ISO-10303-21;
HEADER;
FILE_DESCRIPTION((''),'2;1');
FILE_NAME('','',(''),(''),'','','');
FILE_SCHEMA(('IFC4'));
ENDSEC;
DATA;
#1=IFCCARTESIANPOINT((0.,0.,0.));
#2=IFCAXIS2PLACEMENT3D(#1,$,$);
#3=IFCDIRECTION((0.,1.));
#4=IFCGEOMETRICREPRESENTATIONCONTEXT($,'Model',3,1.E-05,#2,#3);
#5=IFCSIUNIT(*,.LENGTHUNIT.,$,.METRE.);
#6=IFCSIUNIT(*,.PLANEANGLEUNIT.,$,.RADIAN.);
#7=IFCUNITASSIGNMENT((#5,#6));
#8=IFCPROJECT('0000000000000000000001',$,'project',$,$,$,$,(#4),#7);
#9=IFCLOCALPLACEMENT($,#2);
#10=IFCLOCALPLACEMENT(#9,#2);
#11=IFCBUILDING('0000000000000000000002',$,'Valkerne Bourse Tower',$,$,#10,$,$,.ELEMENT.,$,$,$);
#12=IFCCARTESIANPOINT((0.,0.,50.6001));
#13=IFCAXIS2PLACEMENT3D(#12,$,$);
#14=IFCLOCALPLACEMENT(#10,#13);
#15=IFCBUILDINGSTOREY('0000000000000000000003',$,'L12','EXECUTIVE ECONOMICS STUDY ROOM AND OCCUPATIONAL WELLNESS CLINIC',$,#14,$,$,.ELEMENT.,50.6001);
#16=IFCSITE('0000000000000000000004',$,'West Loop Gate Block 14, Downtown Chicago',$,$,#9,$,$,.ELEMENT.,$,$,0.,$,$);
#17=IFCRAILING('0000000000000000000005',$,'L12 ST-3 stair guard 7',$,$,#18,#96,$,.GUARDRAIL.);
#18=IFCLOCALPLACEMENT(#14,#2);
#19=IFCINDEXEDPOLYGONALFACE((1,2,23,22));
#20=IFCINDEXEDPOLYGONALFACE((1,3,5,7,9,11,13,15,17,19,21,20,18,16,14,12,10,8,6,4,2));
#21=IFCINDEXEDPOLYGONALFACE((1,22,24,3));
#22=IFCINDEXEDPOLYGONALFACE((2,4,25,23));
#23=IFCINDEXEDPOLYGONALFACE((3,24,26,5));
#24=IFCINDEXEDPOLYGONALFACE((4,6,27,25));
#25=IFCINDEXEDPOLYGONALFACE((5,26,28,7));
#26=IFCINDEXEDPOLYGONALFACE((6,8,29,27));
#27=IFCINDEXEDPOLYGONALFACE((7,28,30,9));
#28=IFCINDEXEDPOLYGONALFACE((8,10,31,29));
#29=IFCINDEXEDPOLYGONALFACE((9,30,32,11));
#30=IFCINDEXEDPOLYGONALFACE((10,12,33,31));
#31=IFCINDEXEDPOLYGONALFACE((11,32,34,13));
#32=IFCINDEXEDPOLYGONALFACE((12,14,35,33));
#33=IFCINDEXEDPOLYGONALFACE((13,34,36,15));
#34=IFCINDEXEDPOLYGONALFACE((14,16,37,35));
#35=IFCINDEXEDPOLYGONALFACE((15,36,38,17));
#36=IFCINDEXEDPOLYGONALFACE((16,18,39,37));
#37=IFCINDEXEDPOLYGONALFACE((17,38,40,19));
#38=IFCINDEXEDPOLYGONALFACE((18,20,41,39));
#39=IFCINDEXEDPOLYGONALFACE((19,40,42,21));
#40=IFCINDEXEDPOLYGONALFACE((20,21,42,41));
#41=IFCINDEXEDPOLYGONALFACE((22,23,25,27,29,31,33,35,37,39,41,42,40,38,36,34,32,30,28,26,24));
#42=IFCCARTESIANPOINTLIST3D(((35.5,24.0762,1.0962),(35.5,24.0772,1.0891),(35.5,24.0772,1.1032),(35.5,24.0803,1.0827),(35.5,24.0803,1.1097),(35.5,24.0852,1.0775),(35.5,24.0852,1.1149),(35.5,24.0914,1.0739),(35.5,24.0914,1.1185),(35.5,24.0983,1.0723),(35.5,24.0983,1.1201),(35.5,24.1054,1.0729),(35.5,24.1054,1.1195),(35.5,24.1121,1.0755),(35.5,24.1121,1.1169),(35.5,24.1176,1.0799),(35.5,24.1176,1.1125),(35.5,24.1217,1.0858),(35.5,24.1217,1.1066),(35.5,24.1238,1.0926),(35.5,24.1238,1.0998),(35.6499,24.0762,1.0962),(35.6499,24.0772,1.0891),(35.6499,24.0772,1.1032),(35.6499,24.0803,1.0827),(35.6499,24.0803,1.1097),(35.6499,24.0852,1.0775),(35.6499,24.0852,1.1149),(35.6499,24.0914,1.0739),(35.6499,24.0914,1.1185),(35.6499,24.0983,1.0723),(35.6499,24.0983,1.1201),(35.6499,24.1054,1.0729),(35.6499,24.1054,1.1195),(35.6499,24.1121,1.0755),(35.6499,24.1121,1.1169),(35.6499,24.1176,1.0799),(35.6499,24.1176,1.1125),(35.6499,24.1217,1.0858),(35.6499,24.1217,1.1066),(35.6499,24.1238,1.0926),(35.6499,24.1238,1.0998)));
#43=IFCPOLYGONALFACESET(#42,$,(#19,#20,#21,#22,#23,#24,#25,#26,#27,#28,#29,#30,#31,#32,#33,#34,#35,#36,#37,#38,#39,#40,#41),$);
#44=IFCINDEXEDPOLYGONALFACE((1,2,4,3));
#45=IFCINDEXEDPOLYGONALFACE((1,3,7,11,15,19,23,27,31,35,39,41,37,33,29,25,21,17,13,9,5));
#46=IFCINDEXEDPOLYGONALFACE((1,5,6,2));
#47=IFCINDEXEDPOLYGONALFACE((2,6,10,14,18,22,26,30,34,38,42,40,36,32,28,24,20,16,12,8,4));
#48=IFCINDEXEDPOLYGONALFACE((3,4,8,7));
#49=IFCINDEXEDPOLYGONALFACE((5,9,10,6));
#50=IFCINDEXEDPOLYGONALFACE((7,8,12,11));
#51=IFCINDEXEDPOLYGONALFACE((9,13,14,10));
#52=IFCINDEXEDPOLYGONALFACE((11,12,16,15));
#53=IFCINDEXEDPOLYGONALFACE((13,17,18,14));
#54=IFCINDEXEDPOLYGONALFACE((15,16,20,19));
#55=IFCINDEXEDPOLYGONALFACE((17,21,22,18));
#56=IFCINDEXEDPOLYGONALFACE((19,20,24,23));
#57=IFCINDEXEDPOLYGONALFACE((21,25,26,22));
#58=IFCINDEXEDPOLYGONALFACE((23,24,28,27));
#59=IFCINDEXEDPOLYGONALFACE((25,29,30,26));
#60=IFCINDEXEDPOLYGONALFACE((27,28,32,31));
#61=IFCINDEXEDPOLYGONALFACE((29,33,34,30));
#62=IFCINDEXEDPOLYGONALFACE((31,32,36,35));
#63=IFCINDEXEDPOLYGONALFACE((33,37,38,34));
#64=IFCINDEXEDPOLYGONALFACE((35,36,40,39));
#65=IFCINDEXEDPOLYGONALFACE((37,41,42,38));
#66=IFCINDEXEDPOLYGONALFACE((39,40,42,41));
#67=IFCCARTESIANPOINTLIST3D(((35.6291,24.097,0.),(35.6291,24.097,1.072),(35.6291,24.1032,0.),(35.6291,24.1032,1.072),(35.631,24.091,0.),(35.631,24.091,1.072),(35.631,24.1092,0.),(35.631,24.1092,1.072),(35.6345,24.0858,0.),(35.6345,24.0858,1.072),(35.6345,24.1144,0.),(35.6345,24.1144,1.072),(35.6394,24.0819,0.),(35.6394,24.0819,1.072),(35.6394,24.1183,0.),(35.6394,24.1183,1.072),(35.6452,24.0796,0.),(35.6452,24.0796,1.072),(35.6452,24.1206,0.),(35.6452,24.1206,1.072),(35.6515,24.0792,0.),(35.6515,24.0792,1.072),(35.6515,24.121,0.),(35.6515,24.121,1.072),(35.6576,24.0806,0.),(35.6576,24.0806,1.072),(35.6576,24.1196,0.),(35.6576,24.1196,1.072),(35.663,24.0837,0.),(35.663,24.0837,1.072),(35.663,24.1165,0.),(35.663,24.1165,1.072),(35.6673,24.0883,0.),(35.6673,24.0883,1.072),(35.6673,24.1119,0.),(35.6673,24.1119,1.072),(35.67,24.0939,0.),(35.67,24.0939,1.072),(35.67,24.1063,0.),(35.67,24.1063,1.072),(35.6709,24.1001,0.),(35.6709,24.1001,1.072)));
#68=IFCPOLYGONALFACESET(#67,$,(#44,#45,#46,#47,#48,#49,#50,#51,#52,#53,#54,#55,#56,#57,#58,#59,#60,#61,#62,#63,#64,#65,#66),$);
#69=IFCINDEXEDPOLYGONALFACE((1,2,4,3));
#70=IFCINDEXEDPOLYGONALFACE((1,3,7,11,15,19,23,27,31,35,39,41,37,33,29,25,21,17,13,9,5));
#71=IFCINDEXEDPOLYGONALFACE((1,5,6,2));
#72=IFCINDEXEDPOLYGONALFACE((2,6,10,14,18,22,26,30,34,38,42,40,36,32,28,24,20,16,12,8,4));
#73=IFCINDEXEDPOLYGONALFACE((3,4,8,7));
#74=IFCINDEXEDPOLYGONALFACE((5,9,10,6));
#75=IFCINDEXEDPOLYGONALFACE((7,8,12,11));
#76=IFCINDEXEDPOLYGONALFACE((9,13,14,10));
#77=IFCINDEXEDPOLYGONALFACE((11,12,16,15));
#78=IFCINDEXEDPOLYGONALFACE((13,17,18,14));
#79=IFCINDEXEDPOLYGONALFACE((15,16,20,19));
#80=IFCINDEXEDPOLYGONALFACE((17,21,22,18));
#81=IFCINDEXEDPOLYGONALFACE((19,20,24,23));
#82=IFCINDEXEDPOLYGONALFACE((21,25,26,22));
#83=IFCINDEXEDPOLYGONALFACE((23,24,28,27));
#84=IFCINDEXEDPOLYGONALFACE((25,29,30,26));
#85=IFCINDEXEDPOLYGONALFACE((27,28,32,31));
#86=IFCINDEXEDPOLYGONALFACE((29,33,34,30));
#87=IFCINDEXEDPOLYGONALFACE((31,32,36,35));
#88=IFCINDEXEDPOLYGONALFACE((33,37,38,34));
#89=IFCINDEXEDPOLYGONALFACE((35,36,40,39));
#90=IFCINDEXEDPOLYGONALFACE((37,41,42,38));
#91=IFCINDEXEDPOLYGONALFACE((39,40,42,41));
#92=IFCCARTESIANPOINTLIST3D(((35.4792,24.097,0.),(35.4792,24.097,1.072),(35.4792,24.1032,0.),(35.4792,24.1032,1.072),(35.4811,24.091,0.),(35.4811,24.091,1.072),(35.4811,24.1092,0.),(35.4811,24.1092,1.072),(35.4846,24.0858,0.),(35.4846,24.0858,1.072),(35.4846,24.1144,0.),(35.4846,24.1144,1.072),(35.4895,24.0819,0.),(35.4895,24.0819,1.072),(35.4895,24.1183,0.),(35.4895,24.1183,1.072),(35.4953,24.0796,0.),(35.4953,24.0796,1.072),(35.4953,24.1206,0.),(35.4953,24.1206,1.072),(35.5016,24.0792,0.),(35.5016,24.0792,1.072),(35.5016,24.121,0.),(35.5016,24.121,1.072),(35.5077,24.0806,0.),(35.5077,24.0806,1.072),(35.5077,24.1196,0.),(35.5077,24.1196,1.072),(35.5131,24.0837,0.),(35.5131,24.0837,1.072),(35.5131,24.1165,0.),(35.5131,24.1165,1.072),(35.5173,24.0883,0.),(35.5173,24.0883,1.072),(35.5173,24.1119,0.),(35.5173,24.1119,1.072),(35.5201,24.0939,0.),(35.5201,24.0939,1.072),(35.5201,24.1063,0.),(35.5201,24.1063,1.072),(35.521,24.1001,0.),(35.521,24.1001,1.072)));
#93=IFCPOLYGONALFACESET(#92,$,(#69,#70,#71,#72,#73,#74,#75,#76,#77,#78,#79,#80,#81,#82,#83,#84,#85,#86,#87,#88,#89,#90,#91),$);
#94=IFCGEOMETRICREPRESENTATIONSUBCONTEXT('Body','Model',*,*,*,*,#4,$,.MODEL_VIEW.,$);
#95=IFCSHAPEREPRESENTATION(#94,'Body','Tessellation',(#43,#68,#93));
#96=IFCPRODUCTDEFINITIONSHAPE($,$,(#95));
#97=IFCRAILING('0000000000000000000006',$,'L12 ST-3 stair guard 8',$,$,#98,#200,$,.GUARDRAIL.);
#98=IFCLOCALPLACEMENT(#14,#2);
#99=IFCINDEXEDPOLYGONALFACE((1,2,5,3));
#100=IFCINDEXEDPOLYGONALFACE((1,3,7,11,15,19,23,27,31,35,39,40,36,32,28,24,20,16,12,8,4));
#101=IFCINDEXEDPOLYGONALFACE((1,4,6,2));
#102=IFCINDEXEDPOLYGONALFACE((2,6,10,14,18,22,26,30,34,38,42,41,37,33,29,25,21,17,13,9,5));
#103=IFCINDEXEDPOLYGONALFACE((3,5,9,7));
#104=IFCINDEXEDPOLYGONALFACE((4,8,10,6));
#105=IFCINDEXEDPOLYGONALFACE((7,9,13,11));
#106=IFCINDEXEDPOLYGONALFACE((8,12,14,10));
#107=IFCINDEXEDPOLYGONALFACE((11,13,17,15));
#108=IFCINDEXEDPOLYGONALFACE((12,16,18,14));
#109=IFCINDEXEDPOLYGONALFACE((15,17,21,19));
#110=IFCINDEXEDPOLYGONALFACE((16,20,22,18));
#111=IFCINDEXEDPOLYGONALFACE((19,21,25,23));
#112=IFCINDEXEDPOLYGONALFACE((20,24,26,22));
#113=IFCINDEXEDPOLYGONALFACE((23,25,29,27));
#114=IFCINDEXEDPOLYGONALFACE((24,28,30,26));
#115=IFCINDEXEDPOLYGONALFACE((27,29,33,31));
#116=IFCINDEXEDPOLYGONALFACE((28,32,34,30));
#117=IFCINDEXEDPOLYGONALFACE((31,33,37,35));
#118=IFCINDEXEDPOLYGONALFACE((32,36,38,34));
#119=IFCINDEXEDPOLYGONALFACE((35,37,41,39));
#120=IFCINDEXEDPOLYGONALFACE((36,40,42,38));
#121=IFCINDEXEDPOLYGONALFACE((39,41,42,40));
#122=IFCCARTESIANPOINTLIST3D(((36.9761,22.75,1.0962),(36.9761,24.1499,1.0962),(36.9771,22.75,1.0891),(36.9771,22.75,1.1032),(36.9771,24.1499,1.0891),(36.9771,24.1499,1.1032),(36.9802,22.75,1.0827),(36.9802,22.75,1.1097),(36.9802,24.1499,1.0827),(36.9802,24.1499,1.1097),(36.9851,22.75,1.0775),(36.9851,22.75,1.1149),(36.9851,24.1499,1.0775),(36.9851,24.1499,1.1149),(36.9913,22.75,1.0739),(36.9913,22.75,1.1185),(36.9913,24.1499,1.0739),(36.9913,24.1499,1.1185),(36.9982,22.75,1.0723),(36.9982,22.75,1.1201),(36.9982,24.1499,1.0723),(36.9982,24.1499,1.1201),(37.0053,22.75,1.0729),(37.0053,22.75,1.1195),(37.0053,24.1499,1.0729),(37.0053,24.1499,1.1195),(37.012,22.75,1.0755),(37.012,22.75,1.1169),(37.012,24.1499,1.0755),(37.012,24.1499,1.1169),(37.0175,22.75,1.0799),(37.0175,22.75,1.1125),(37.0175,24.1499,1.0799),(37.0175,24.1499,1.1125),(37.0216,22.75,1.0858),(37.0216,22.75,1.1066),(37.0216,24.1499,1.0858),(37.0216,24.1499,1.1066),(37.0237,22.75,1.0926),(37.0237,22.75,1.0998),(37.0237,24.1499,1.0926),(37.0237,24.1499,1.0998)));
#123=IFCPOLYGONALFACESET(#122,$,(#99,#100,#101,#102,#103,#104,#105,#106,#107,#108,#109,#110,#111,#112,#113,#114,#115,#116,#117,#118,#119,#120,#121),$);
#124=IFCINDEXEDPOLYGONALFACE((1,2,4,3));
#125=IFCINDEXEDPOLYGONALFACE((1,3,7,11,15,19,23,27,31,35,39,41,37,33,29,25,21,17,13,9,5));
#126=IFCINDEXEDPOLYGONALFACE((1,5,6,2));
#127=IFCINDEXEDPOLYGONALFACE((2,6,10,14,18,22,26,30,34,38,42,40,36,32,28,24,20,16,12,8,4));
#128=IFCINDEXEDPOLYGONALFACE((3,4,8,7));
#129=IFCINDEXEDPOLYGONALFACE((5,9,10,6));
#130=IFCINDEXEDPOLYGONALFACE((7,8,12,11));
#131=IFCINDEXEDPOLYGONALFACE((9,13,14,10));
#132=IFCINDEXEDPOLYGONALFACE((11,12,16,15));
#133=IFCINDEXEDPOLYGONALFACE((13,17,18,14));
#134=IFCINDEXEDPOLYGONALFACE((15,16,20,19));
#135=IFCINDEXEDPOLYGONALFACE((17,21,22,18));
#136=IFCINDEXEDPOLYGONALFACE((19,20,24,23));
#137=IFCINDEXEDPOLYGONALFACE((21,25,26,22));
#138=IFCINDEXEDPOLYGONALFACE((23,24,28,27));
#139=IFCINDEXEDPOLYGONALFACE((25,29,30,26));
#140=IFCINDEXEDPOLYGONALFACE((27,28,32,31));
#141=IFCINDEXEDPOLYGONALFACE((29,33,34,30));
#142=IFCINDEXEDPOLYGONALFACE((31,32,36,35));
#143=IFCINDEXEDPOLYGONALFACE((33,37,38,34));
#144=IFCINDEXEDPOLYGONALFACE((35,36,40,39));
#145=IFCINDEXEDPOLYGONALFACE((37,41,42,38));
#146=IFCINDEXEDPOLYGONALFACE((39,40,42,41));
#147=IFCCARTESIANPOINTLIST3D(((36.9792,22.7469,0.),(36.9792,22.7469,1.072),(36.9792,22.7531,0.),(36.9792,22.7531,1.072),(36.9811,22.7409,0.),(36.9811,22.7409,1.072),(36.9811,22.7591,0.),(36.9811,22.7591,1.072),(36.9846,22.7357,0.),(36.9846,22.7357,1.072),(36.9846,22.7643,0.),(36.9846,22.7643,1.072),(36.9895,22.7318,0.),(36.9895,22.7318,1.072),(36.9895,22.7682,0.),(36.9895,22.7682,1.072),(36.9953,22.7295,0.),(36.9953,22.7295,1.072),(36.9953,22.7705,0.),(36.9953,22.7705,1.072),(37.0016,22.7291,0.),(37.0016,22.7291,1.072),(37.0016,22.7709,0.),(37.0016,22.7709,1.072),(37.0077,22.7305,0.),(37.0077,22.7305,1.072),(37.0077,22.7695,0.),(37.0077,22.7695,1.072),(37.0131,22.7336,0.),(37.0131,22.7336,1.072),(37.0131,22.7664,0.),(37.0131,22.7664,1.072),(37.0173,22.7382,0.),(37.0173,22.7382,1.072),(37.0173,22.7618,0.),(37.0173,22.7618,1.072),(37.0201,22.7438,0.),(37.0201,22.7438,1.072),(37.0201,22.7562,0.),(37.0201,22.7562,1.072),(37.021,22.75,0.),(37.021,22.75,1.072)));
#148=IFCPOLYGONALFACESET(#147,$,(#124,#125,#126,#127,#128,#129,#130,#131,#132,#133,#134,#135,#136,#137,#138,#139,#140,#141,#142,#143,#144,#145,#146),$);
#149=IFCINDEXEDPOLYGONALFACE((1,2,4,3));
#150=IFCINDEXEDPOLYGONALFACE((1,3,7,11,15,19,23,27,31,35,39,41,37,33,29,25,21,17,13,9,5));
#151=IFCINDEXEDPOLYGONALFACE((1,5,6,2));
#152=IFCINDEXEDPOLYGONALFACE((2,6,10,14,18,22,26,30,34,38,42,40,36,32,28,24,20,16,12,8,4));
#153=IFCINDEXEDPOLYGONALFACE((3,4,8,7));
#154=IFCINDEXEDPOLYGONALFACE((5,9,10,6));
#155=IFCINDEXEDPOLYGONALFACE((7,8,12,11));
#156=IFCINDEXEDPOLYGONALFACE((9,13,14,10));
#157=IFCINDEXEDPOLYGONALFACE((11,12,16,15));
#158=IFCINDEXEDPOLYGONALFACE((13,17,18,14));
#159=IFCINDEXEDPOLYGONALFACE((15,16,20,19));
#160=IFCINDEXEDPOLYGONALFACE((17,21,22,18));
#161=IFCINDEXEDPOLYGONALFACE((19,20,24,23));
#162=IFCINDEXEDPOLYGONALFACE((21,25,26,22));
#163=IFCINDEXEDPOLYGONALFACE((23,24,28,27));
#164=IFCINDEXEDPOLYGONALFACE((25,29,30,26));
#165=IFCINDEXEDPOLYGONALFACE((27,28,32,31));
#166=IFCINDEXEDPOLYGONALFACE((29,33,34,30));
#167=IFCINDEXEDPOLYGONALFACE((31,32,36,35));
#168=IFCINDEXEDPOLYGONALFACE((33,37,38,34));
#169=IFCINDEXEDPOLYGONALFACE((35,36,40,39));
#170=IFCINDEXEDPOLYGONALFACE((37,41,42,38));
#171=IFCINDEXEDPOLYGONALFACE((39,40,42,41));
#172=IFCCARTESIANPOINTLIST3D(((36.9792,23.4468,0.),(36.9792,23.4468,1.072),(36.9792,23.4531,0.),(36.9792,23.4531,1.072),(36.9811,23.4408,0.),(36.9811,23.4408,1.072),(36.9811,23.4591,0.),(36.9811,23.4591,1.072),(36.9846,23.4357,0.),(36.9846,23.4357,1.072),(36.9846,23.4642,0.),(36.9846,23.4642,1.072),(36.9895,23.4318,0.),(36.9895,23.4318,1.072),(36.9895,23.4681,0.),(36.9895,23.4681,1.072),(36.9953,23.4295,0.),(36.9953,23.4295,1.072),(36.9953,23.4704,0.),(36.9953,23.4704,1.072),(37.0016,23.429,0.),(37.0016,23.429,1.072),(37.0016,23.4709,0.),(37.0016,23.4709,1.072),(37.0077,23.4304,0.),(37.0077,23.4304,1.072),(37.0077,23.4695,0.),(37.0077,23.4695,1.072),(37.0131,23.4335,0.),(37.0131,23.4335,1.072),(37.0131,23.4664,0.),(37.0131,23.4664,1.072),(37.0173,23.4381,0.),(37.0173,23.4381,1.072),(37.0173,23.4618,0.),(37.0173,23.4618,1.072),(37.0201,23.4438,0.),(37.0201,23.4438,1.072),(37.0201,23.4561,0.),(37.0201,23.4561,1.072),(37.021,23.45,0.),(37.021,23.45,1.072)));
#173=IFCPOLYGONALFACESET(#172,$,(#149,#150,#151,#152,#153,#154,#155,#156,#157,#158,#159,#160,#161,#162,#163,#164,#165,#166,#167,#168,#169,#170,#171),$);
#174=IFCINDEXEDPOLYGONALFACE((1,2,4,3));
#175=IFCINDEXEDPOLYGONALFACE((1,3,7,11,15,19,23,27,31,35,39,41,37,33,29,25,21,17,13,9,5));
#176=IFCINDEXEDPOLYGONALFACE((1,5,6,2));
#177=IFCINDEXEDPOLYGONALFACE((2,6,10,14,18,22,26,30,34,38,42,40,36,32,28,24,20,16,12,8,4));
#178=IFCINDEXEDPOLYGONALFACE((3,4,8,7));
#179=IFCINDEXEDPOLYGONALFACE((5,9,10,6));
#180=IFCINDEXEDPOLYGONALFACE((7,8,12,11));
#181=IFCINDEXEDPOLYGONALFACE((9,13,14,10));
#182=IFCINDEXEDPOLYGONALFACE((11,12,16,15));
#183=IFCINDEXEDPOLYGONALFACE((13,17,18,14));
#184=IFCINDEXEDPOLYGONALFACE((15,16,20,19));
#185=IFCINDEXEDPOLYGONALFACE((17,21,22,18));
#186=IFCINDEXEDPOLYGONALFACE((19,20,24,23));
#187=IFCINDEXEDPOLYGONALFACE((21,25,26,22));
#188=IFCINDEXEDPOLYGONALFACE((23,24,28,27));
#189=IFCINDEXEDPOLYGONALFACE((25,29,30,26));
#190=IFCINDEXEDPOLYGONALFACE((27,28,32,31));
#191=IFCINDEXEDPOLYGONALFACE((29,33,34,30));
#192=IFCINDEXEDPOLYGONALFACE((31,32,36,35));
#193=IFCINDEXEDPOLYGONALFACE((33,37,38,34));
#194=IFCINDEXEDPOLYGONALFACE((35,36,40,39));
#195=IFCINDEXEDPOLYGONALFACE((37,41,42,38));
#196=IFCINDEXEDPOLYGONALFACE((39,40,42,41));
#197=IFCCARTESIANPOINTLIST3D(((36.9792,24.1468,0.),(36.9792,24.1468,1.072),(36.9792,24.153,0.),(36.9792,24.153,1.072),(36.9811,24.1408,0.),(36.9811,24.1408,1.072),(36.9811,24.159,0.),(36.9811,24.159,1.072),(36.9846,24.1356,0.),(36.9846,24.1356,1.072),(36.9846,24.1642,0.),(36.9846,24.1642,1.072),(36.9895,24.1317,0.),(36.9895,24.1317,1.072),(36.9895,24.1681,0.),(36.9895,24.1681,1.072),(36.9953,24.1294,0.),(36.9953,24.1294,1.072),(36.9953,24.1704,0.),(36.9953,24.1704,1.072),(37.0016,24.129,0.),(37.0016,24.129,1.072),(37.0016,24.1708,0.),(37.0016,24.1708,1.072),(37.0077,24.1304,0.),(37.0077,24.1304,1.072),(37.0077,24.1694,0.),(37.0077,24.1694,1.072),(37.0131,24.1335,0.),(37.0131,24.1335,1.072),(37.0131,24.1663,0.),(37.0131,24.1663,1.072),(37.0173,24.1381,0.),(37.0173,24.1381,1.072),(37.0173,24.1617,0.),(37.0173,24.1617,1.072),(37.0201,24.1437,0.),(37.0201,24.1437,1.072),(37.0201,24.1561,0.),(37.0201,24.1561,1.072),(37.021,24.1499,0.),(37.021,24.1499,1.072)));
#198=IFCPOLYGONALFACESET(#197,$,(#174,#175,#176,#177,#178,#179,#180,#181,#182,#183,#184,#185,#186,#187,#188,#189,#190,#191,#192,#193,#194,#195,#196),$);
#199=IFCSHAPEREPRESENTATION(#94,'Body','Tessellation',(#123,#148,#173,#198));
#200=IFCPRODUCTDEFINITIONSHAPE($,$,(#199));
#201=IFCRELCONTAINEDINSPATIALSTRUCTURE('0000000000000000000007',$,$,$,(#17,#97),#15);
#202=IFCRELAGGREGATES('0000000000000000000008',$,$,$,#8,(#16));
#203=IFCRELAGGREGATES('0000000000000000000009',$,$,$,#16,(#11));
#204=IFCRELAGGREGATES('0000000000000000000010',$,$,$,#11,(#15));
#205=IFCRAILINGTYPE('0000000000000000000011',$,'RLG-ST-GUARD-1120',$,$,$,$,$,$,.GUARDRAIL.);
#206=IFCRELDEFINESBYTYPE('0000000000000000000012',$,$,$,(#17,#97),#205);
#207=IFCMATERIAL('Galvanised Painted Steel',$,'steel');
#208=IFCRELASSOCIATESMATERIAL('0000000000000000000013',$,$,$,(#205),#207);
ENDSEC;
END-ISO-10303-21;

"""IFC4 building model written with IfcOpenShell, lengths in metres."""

from ifc_helpers import new_model, si_unit, direction, frame, origin, origin_2d, place, context, subcontext, project, spatial, circle, extrude, material, type_object, element, save


model = new_model("IFC4")

# Units and contexts
model_context = context("Model", 3, precision=1e-05, world=origin(), true_north=direction((0.0, 1.0)))
body_context = subcontext(model_context, "Body", "Model", "MODEL_VIEW")
ifc_project = project(units=[si_unit("LENGTHUNIT", "METRE"), si_unit("PLANEANGLEUNIT", "RADIAN")], contexts=[model_context])

# Site, building, storey
site_placement = place(None, origin())
site = spatial("IfcSite", under=ifc_project, at=site_placement, Name="West Loop Gate Block 14, Downtown Chicago", CompositionType="ELEMENT", RefElevation=0.0)
building_placement = place(site_placement, origin())
building = spatial("IfcBuilding", under=site, at=building_placement, Name="Valkerne Bourse Tower", CompositionType="ELEMENT")
storey_placement = place(building_placement, frame((0.0, 0.0, 50.6001)))
storey = spatial("IfcBuildingStorey", under=building, at=storey_placement, Name="L12", Description="EXECUTIVE ECONOMICS STUDY ROOM AND OCCUPATIONAL WELLNESS CLINIC", CompositionType="ELEMENT", Elevation=50.6001)

# Shared definitions
ifc_material_1 = material(Name="Galvanised Painted Steel", Category="steel")

# Railings
railing_type_1 = type_object("IfcRailingType", Name="RLG-ST-GUARD-1120", PredefinedType="GUARDRAIL", material=ifc_material_1)
railing_1_placement = place(storey_placement, frame((35.6499, 24.1001, 0.0)))
element("IfcRailing", 1, at=railing_1_placement, inside=storey, type_object=railing_type_1, Name="L12 ST-3 stair guard 7", PredefinedType="GUARDRAIL", context=body_context, shape_type="SweptSolid", body=[
    extrude(circle(Radius=0.0239, at=origin_2d()), frame((0.0, 0.0, 1.0962), z_axis=(-1.0, 0.0, 0.0), x_axis=(0.0, -1.0, 0.0)), (0.0, 0.0, 1.0), 0.1499),
    extrude(circle(Radius=0.021, at=origin_2d()), origin(), (0.0, 0.0, 1.0), 1.072),
    extrude(circle(Radius=0.021, at=origin_2d()), frame((-0.1499, 0.0, 0.0)), (0.0, 0.0, 1.0), 1.072),
])
for number, where, name in (
    (2, (37.0, 22.75, 0.0), "L12 ST-3 stair guard 8"),
):
    element("IfcRailing", number, at=place(storey_placement, frame(where)), inside=storey, type_object=railing_type_1, Name=name, PredefinedType="GUARDRAIL", context=body_context, shape_type="SweptSolid", body=[
        extrude(circle(Radius=0.0239, at=origin_2d()), frame((0.0, 0.0, 1.0962), z_axis=(0.0, 1.0, 0.0), x_axis=(-1.0, 0.0, 0.0)), (0.0, 0.0, 1.0), 1.3999),
        extrude(circle(Radius=0.021, at=origin_2d()), origin(), (0.0, 0.0, 1.0), 1.072),
        extrude(circle(Radius=0.021, at=origin_2d()), frame((0.0, 0.7, 0.0)), (0.0, 0.0, 1.0), 1.072),
        extrude(circle(Radius=0.021, at=origin_2d()), frame((0.0, 1.3999, 0.0)), (0.0, 0.0, 1.0), 1.072),
    ])

save(model, "model.ifc")
